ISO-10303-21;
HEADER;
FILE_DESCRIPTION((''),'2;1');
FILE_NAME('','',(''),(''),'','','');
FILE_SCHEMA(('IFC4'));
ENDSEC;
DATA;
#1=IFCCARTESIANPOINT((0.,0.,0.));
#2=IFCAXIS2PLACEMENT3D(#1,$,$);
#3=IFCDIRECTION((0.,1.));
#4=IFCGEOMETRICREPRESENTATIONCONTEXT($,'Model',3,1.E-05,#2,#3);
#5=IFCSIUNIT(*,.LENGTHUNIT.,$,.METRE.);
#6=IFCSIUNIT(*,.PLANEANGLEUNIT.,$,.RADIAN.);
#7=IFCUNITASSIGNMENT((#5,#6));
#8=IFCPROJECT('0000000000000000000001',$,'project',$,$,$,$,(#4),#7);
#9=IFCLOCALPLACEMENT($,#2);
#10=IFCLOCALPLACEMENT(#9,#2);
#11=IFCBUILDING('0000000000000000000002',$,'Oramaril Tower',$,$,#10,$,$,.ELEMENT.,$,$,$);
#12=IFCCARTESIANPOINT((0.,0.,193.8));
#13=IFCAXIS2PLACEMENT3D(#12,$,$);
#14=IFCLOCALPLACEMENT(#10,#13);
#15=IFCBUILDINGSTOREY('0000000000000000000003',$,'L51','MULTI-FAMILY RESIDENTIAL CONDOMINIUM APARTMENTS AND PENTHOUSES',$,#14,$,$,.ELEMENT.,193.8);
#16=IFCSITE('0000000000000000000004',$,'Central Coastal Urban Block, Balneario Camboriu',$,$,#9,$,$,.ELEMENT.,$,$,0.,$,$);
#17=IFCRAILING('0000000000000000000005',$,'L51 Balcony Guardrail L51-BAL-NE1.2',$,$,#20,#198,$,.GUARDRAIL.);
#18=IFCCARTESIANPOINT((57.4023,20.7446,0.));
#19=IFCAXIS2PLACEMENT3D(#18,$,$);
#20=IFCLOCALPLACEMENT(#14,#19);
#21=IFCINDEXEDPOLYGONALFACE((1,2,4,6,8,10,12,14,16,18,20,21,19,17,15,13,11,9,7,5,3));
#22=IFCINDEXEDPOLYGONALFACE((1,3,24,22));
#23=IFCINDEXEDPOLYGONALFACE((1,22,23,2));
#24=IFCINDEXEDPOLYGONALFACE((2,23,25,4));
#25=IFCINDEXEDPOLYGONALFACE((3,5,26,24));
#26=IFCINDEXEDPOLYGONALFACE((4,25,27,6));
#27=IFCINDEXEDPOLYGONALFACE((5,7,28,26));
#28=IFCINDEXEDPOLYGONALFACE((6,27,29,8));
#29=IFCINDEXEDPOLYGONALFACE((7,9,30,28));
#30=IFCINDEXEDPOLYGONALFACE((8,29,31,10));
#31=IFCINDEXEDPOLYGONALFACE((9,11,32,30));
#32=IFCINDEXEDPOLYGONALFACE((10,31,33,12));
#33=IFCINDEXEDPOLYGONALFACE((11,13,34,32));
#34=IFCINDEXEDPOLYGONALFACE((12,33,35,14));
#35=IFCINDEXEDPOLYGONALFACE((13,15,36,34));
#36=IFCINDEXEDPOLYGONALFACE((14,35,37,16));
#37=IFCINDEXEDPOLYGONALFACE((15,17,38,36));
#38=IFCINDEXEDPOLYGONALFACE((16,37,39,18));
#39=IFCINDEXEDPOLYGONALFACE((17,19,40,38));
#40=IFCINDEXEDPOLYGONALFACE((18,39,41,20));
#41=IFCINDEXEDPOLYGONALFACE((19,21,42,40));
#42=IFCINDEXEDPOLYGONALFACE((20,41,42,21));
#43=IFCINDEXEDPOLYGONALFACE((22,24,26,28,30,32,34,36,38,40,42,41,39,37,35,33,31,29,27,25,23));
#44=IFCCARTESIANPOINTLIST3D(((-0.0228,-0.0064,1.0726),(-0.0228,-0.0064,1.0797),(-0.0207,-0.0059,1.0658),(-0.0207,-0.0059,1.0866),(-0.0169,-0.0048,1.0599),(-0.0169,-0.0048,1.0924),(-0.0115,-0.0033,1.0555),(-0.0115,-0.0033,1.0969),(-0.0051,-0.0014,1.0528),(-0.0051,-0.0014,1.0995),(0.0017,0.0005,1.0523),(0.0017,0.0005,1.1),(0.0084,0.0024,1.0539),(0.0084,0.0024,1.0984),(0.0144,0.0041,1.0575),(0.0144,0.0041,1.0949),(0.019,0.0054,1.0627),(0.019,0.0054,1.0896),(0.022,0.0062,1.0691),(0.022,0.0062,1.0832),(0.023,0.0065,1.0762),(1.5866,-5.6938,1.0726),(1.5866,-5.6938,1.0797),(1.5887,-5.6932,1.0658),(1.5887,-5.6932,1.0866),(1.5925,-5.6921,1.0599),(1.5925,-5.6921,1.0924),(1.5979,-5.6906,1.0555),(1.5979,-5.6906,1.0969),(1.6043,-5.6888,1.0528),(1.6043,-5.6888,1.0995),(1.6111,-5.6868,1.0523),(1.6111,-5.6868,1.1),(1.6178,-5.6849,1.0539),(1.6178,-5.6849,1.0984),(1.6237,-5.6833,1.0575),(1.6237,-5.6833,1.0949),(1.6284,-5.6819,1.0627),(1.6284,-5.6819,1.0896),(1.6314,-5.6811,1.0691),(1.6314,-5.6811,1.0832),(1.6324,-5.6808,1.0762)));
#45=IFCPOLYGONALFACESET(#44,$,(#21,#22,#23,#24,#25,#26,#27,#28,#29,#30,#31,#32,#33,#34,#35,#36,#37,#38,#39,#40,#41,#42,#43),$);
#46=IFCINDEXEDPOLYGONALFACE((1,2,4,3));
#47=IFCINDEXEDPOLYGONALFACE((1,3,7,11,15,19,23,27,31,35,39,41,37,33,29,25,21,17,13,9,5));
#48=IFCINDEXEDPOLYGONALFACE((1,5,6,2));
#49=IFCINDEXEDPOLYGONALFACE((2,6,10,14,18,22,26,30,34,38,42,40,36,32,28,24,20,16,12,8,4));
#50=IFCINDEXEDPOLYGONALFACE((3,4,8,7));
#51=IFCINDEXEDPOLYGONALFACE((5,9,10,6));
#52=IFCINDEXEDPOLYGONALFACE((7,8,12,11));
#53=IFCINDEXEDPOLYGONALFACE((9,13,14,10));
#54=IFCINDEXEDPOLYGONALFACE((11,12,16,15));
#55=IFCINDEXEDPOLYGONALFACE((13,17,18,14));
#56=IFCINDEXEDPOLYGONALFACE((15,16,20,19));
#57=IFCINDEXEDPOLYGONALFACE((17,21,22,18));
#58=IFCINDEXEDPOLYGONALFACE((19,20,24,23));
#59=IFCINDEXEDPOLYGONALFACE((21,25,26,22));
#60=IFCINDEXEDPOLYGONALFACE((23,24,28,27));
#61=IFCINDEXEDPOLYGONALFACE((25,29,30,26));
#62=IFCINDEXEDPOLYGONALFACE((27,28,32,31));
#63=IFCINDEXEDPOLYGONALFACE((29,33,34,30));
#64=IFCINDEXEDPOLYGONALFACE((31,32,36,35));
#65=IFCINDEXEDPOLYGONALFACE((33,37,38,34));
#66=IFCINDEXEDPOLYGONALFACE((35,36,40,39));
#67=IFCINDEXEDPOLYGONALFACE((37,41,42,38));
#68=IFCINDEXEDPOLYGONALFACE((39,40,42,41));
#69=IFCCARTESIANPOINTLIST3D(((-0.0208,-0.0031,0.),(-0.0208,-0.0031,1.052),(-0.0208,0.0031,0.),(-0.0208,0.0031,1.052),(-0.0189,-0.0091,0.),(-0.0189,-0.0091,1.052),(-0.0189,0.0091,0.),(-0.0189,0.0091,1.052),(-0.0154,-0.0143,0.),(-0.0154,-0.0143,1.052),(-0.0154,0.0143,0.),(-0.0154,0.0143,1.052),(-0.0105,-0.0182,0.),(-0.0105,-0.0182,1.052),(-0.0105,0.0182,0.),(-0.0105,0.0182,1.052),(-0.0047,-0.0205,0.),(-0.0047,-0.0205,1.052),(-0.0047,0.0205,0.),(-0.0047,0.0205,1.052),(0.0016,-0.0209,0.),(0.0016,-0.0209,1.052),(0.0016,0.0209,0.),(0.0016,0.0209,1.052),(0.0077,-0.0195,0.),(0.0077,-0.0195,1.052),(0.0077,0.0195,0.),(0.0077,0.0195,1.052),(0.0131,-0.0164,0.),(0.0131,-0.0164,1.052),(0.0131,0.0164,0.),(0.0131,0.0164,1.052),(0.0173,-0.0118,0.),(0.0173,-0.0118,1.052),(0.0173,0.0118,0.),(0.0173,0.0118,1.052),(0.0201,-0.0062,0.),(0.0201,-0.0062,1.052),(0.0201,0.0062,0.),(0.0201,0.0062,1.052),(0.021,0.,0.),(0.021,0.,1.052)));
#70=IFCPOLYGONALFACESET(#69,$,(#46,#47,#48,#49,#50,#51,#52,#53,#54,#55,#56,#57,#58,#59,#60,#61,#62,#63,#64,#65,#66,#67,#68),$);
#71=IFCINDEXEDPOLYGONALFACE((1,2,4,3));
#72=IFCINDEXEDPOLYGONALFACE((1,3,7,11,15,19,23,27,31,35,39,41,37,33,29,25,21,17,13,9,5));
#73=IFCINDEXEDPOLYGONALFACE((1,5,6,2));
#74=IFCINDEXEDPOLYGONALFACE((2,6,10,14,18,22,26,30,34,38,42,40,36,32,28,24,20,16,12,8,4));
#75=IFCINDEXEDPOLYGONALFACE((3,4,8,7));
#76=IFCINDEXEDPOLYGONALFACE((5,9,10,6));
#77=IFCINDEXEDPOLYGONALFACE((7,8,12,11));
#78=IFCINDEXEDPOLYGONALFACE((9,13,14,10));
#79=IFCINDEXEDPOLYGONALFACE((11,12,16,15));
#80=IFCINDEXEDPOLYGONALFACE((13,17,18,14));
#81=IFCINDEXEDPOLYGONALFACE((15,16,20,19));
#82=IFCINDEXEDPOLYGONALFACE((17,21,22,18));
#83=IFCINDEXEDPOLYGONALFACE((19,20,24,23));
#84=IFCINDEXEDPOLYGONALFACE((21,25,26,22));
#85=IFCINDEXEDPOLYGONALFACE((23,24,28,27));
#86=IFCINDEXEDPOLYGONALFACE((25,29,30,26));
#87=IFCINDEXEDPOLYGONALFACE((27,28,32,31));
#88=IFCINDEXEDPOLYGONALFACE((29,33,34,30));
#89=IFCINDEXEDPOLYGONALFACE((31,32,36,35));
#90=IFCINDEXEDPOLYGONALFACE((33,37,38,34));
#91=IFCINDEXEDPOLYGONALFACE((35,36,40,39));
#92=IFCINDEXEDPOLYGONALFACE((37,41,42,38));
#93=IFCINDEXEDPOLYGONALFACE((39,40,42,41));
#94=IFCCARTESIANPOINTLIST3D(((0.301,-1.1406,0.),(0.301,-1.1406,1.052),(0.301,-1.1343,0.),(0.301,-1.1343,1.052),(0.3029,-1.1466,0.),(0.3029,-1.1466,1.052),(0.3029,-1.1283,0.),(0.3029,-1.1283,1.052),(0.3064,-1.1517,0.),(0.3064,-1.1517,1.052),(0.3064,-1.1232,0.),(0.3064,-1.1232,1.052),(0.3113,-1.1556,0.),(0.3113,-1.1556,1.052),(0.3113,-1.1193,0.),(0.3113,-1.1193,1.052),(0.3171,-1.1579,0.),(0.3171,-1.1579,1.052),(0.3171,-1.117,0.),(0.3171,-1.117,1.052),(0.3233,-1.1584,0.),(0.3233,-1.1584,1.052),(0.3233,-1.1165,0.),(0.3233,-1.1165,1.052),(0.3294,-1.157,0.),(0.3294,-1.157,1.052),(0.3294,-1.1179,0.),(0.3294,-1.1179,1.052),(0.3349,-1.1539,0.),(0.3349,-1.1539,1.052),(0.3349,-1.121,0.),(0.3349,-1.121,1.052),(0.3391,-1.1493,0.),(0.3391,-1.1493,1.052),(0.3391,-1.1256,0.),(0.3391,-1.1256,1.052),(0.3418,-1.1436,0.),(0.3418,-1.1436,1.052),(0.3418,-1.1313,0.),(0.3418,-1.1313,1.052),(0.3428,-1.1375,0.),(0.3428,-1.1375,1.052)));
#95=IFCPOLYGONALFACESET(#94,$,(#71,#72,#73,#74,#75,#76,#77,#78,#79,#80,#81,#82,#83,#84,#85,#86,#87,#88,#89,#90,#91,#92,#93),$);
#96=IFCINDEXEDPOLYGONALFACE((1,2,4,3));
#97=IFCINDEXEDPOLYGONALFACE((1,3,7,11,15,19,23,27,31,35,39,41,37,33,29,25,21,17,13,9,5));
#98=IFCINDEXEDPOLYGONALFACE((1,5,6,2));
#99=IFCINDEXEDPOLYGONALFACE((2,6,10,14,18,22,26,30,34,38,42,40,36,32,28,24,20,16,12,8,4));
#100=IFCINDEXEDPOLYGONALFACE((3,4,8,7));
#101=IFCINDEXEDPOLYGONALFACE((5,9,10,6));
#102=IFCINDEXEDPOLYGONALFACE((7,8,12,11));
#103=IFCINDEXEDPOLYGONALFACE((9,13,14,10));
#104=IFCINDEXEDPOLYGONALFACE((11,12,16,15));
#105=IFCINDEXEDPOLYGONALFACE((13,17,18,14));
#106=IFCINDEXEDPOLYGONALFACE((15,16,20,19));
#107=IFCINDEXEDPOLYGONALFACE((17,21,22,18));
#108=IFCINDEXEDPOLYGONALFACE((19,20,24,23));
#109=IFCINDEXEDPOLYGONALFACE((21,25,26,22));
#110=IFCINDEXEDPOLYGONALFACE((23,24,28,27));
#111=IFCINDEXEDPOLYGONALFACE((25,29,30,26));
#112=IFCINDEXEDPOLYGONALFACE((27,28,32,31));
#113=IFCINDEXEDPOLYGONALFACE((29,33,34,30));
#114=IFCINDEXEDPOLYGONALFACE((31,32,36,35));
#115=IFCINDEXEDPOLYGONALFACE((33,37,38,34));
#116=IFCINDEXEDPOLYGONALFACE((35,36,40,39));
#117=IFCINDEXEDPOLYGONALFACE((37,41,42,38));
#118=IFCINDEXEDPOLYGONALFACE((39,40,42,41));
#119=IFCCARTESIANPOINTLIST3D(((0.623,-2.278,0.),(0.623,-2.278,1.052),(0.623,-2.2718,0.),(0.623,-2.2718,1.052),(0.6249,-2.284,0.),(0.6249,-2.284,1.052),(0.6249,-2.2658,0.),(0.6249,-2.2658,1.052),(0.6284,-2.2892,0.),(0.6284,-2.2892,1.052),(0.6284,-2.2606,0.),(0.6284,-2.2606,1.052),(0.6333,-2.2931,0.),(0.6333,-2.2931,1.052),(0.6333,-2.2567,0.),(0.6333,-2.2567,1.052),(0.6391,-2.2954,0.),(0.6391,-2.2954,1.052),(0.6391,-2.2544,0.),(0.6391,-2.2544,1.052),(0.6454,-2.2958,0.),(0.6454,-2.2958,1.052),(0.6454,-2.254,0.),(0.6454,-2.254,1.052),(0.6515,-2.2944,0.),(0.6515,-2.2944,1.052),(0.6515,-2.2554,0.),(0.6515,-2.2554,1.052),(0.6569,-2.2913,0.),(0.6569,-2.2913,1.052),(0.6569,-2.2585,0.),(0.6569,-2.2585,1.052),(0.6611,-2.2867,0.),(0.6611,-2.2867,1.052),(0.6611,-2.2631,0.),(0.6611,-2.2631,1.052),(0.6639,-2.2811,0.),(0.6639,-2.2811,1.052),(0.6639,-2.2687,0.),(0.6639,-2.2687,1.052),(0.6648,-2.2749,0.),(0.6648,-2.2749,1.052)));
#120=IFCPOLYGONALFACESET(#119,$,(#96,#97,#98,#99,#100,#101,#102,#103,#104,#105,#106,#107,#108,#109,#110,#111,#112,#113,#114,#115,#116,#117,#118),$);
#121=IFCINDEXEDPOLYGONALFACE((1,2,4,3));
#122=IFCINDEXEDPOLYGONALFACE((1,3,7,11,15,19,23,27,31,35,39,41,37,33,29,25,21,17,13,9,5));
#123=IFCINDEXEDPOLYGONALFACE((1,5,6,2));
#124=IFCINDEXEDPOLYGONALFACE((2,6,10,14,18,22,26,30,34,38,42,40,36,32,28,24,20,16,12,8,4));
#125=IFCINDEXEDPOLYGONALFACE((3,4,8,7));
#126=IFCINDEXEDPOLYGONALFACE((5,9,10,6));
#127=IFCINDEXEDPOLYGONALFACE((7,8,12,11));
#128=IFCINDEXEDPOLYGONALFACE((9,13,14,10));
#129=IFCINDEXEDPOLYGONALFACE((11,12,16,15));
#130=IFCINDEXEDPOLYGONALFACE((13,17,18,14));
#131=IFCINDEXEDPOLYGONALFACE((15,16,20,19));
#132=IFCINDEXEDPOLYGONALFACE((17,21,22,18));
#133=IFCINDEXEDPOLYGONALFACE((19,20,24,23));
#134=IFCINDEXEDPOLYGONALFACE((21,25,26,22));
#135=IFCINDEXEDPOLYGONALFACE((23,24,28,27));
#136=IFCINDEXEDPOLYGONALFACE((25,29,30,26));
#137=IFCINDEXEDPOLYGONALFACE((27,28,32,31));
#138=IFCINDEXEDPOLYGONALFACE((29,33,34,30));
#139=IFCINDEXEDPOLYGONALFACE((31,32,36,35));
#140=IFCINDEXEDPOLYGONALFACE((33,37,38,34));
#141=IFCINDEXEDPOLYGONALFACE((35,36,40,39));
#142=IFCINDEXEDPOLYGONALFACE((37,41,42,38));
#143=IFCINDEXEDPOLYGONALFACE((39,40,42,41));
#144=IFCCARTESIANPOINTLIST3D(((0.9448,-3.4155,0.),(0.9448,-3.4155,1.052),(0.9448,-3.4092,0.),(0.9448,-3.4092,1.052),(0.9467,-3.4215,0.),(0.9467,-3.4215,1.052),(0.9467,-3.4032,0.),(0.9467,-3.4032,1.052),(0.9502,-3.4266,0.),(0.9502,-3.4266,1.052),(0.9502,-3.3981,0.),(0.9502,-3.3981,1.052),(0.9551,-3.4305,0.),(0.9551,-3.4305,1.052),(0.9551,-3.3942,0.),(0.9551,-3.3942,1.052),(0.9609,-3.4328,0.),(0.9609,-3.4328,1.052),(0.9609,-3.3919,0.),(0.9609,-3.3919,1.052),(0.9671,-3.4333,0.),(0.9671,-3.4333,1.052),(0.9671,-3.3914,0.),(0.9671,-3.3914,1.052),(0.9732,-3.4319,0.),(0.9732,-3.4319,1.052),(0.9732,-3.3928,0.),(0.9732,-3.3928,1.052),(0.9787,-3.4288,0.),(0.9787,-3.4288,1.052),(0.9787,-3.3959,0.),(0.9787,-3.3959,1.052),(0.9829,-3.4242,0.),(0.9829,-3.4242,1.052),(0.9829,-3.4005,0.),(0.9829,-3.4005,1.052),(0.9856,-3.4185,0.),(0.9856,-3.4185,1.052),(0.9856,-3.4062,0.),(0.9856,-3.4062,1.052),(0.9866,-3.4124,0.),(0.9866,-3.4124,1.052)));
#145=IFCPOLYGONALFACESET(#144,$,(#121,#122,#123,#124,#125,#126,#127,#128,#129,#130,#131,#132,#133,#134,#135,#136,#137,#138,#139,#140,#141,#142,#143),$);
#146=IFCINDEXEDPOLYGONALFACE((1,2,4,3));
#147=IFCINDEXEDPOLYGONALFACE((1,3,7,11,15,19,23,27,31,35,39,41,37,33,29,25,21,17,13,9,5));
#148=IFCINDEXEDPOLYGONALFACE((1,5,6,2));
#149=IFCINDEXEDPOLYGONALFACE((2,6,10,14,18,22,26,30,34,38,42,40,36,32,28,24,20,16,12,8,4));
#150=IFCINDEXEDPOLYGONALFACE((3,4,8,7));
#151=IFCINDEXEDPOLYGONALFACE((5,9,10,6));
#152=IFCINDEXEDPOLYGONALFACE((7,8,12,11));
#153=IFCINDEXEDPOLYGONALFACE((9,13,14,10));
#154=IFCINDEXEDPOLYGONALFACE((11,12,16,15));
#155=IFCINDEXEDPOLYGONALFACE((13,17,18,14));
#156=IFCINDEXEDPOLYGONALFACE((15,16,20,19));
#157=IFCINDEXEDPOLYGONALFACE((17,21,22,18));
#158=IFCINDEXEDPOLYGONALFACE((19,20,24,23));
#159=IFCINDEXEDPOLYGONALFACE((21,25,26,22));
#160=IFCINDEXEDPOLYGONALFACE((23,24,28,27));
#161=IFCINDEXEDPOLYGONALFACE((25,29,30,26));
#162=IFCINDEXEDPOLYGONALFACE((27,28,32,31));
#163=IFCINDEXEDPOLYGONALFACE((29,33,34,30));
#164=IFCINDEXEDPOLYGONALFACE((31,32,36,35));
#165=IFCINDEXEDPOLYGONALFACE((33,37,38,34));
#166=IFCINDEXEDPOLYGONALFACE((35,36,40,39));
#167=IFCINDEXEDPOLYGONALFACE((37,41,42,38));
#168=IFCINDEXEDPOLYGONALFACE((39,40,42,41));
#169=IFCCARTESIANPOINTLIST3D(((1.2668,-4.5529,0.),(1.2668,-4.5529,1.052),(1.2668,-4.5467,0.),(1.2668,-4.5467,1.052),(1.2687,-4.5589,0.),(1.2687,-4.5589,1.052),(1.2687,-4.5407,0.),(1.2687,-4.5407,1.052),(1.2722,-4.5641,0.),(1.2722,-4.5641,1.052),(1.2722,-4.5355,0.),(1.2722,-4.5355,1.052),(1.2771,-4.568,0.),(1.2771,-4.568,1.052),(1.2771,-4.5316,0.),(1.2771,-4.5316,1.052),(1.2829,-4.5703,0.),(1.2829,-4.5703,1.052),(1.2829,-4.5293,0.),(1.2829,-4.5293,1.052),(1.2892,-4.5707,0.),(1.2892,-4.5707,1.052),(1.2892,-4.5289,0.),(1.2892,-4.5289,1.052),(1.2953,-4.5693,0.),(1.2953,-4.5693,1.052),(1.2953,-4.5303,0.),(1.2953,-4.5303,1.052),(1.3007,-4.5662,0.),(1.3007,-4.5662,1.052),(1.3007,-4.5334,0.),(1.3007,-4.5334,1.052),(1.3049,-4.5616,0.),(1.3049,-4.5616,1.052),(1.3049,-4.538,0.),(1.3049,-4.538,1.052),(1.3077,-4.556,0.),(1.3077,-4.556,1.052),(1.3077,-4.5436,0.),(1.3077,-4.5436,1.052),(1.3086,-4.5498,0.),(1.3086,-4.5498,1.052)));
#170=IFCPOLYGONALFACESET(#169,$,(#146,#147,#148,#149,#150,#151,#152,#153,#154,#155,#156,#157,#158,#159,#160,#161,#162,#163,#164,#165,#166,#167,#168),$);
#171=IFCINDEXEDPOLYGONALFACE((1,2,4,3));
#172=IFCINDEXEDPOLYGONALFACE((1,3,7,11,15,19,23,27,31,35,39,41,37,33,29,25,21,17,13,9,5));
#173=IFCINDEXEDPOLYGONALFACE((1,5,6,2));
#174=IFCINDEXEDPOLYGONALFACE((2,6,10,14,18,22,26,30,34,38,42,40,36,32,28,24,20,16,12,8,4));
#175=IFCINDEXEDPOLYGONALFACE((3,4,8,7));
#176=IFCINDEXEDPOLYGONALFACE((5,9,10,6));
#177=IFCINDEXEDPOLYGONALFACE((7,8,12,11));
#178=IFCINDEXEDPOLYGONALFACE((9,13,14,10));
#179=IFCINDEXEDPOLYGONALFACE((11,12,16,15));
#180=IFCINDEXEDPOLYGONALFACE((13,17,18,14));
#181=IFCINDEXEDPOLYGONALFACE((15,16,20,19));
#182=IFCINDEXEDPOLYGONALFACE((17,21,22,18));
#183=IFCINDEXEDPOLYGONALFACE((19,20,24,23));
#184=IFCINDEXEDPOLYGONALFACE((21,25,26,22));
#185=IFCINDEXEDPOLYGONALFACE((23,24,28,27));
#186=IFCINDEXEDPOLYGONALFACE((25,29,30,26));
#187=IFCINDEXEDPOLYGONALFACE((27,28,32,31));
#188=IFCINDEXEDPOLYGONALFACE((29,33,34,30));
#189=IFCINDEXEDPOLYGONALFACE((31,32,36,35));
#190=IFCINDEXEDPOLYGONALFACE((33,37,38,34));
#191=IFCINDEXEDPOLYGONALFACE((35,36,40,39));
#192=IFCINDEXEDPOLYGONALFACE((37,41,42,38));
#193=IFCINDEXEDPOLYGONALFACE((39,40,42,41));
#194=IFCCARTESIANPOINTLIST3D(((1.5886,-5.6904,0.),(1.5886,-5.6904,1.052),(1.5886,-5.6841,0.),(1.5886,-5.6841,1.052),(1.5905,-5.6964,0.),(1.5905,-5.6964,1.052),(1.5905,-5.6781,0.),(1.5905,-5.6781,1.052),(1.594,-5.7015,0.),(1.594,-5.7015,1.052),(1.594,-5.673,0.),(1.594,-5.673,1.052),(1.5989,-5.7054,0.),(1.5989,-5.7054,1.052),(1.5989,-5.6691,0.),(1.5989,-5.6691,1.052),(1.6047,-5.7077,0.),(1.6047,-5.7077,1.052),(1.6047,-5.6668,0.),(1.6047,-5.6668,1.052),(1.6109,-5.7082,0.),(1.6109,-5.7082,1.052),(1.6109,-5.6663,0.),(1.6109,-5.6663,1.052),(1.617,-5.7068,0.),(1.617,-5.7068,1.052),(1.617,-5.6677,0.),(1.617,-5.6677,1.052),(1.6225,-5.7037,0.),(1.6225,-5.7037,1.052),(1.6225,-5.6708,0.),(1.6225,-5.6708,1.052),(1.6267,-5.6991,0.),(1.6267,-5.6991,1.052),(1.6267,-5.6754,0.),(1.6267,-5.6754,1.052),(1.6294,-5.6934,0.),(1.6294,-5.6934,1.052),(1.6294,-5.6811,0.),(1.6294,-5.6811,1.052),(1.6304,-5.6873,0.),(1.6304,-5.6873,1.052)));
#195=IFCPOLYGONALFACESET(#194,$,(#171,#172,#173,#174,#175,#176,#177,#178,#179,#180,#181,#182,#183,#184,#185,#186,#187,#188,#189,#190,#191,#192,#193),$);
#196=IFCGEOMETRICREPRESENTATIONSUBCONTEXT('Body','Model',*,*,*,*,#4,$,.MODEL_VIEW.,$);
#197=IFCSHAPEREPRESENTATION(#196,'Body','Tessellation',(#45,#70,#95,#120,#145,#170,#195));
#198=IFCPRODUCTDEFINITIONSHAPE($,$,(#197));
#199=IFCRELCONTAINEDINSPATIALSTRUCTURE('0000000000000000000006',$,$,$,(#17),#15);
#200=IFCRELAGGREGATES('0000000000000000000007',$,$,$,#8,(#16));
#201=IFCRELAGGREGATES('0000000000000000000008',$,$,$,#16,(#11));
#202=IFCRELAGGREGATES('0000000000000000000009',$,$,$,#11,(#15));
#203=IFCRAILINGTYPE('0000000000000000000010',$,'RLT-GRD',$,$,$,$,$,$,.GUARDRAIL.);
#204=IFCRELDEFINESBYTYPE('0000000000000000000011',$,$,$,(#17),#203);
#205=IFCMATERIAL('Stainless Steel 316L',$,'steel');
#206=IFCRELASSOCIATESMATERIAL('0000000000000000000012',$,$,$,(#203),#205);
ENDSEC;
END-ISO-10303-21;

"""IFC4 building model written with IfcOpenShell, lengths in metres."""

from ifc_helpers import new_model, si_unit, direction, frame, origin, origin_2d, place, context, subcontext, project, spatial, circle, extrude, material, type_object, element, save


model = new_model("IFC4")

# Units and contexts
model_context = context("Model", 3, precision=1e-05, world=origin(), true_north=direction((0.0, 1.0)))
body_context = subcontext(model_context, "Body", "Model", "MODEL_VIEW")
ifc_project = project(units=[si_unit("LENGTHUNIT", "METRE"), si_unit("PLANEANGLEUNIT", "RADIAN")], contexts=[model_context])

# Site, building, storey
site_placement = place(None, origin())
site = spatial("IfcSite", under=ifc_project, at=site_placement, Name="Central Coastal Urban Block, Balneario Camboriu", CompositionType="ELEMENT", RefElevation=0.0)
building_placement = place(site_placement, origin())
building = spatial("IfcBuilding", under=site, at=building_placement, Name="Oramaril Tower", CompositionType="ELEMENT")
storey_placement = place(building_placement, frame((0.0, 0.0, 193.8)))
storey = spatial("IfcBuildingStorey", under=building, at=storey_placement, Name="L51", Description="MULTI-FAMILY RESIDENTIAL CONDOMINIUM APARTMENTS AND PENTHOUSES", CompositionType="ELEMENT", Elevation=193.8)

# Railing
ifc_material_1 = material(Name="Stainless Steel 316L", Category="steel")
railing_type = type_object("IfcRailingType", Name="RLT-GRD", PredefinedType="GUARDRAIL", material=ifc_material_1)
railing_1_placement = place(storey_placement, frame((57.4023, 20.7446, 0.0)))
element("IfcRailing", 1, at=railing_1_placement, inside=storey, type_object=railing_type, Name="L51 Balcony Guardrail L51-BAL-NE1.2", PredefinedType="GUARDRAIL", context=body_context, shape_type="SweptSolid", body=[
    extrude(circle(Radius=0.0239, at=origin_2d()), frame((0.0, 0.0, 1.0762), z_axis=(0.272287, -0.962216, 0.0), x_axis=(0.962216, 0.272287, 0.0)), (0.0, 0.0, 1.0), 5.9106),
    extrude(circle(Radius=0.021, at=origin_2d()), origin(), (0.0, 0.0, 1.0), 1.052),
    extrude(circle(Radius=0.021, at=origin_2d()), frame((0.3218, -1.1375, 0.0)), (0.0, 0.0, 1.0), 1.052),
    extrude(circle(Radius=0.021, at=origin_2d()), frame((0.6438, -2.2749, 0.0)), (0.0, 0.0, 1.0), 1.052),
    extrude(circle(Radius=0.021, at=origin_2d()), frame((0.9656, -3.4124, 0.0)), (0.0, 0.0, 1.0), 1.052),
    extrude(circle(Radius=0.021, at=origin_2d()), frame((1.2876, -4.5498, 0.0)), (0.0, 0.0, 1.0), 1.052),
    extrude(circle(Radius=0.021, at=origin_2d()), frame((1.6094, -5.6873, 0.0)), (0.0, 0.0, 1.0), 1.052),
])

save(model, "model.ifc")
